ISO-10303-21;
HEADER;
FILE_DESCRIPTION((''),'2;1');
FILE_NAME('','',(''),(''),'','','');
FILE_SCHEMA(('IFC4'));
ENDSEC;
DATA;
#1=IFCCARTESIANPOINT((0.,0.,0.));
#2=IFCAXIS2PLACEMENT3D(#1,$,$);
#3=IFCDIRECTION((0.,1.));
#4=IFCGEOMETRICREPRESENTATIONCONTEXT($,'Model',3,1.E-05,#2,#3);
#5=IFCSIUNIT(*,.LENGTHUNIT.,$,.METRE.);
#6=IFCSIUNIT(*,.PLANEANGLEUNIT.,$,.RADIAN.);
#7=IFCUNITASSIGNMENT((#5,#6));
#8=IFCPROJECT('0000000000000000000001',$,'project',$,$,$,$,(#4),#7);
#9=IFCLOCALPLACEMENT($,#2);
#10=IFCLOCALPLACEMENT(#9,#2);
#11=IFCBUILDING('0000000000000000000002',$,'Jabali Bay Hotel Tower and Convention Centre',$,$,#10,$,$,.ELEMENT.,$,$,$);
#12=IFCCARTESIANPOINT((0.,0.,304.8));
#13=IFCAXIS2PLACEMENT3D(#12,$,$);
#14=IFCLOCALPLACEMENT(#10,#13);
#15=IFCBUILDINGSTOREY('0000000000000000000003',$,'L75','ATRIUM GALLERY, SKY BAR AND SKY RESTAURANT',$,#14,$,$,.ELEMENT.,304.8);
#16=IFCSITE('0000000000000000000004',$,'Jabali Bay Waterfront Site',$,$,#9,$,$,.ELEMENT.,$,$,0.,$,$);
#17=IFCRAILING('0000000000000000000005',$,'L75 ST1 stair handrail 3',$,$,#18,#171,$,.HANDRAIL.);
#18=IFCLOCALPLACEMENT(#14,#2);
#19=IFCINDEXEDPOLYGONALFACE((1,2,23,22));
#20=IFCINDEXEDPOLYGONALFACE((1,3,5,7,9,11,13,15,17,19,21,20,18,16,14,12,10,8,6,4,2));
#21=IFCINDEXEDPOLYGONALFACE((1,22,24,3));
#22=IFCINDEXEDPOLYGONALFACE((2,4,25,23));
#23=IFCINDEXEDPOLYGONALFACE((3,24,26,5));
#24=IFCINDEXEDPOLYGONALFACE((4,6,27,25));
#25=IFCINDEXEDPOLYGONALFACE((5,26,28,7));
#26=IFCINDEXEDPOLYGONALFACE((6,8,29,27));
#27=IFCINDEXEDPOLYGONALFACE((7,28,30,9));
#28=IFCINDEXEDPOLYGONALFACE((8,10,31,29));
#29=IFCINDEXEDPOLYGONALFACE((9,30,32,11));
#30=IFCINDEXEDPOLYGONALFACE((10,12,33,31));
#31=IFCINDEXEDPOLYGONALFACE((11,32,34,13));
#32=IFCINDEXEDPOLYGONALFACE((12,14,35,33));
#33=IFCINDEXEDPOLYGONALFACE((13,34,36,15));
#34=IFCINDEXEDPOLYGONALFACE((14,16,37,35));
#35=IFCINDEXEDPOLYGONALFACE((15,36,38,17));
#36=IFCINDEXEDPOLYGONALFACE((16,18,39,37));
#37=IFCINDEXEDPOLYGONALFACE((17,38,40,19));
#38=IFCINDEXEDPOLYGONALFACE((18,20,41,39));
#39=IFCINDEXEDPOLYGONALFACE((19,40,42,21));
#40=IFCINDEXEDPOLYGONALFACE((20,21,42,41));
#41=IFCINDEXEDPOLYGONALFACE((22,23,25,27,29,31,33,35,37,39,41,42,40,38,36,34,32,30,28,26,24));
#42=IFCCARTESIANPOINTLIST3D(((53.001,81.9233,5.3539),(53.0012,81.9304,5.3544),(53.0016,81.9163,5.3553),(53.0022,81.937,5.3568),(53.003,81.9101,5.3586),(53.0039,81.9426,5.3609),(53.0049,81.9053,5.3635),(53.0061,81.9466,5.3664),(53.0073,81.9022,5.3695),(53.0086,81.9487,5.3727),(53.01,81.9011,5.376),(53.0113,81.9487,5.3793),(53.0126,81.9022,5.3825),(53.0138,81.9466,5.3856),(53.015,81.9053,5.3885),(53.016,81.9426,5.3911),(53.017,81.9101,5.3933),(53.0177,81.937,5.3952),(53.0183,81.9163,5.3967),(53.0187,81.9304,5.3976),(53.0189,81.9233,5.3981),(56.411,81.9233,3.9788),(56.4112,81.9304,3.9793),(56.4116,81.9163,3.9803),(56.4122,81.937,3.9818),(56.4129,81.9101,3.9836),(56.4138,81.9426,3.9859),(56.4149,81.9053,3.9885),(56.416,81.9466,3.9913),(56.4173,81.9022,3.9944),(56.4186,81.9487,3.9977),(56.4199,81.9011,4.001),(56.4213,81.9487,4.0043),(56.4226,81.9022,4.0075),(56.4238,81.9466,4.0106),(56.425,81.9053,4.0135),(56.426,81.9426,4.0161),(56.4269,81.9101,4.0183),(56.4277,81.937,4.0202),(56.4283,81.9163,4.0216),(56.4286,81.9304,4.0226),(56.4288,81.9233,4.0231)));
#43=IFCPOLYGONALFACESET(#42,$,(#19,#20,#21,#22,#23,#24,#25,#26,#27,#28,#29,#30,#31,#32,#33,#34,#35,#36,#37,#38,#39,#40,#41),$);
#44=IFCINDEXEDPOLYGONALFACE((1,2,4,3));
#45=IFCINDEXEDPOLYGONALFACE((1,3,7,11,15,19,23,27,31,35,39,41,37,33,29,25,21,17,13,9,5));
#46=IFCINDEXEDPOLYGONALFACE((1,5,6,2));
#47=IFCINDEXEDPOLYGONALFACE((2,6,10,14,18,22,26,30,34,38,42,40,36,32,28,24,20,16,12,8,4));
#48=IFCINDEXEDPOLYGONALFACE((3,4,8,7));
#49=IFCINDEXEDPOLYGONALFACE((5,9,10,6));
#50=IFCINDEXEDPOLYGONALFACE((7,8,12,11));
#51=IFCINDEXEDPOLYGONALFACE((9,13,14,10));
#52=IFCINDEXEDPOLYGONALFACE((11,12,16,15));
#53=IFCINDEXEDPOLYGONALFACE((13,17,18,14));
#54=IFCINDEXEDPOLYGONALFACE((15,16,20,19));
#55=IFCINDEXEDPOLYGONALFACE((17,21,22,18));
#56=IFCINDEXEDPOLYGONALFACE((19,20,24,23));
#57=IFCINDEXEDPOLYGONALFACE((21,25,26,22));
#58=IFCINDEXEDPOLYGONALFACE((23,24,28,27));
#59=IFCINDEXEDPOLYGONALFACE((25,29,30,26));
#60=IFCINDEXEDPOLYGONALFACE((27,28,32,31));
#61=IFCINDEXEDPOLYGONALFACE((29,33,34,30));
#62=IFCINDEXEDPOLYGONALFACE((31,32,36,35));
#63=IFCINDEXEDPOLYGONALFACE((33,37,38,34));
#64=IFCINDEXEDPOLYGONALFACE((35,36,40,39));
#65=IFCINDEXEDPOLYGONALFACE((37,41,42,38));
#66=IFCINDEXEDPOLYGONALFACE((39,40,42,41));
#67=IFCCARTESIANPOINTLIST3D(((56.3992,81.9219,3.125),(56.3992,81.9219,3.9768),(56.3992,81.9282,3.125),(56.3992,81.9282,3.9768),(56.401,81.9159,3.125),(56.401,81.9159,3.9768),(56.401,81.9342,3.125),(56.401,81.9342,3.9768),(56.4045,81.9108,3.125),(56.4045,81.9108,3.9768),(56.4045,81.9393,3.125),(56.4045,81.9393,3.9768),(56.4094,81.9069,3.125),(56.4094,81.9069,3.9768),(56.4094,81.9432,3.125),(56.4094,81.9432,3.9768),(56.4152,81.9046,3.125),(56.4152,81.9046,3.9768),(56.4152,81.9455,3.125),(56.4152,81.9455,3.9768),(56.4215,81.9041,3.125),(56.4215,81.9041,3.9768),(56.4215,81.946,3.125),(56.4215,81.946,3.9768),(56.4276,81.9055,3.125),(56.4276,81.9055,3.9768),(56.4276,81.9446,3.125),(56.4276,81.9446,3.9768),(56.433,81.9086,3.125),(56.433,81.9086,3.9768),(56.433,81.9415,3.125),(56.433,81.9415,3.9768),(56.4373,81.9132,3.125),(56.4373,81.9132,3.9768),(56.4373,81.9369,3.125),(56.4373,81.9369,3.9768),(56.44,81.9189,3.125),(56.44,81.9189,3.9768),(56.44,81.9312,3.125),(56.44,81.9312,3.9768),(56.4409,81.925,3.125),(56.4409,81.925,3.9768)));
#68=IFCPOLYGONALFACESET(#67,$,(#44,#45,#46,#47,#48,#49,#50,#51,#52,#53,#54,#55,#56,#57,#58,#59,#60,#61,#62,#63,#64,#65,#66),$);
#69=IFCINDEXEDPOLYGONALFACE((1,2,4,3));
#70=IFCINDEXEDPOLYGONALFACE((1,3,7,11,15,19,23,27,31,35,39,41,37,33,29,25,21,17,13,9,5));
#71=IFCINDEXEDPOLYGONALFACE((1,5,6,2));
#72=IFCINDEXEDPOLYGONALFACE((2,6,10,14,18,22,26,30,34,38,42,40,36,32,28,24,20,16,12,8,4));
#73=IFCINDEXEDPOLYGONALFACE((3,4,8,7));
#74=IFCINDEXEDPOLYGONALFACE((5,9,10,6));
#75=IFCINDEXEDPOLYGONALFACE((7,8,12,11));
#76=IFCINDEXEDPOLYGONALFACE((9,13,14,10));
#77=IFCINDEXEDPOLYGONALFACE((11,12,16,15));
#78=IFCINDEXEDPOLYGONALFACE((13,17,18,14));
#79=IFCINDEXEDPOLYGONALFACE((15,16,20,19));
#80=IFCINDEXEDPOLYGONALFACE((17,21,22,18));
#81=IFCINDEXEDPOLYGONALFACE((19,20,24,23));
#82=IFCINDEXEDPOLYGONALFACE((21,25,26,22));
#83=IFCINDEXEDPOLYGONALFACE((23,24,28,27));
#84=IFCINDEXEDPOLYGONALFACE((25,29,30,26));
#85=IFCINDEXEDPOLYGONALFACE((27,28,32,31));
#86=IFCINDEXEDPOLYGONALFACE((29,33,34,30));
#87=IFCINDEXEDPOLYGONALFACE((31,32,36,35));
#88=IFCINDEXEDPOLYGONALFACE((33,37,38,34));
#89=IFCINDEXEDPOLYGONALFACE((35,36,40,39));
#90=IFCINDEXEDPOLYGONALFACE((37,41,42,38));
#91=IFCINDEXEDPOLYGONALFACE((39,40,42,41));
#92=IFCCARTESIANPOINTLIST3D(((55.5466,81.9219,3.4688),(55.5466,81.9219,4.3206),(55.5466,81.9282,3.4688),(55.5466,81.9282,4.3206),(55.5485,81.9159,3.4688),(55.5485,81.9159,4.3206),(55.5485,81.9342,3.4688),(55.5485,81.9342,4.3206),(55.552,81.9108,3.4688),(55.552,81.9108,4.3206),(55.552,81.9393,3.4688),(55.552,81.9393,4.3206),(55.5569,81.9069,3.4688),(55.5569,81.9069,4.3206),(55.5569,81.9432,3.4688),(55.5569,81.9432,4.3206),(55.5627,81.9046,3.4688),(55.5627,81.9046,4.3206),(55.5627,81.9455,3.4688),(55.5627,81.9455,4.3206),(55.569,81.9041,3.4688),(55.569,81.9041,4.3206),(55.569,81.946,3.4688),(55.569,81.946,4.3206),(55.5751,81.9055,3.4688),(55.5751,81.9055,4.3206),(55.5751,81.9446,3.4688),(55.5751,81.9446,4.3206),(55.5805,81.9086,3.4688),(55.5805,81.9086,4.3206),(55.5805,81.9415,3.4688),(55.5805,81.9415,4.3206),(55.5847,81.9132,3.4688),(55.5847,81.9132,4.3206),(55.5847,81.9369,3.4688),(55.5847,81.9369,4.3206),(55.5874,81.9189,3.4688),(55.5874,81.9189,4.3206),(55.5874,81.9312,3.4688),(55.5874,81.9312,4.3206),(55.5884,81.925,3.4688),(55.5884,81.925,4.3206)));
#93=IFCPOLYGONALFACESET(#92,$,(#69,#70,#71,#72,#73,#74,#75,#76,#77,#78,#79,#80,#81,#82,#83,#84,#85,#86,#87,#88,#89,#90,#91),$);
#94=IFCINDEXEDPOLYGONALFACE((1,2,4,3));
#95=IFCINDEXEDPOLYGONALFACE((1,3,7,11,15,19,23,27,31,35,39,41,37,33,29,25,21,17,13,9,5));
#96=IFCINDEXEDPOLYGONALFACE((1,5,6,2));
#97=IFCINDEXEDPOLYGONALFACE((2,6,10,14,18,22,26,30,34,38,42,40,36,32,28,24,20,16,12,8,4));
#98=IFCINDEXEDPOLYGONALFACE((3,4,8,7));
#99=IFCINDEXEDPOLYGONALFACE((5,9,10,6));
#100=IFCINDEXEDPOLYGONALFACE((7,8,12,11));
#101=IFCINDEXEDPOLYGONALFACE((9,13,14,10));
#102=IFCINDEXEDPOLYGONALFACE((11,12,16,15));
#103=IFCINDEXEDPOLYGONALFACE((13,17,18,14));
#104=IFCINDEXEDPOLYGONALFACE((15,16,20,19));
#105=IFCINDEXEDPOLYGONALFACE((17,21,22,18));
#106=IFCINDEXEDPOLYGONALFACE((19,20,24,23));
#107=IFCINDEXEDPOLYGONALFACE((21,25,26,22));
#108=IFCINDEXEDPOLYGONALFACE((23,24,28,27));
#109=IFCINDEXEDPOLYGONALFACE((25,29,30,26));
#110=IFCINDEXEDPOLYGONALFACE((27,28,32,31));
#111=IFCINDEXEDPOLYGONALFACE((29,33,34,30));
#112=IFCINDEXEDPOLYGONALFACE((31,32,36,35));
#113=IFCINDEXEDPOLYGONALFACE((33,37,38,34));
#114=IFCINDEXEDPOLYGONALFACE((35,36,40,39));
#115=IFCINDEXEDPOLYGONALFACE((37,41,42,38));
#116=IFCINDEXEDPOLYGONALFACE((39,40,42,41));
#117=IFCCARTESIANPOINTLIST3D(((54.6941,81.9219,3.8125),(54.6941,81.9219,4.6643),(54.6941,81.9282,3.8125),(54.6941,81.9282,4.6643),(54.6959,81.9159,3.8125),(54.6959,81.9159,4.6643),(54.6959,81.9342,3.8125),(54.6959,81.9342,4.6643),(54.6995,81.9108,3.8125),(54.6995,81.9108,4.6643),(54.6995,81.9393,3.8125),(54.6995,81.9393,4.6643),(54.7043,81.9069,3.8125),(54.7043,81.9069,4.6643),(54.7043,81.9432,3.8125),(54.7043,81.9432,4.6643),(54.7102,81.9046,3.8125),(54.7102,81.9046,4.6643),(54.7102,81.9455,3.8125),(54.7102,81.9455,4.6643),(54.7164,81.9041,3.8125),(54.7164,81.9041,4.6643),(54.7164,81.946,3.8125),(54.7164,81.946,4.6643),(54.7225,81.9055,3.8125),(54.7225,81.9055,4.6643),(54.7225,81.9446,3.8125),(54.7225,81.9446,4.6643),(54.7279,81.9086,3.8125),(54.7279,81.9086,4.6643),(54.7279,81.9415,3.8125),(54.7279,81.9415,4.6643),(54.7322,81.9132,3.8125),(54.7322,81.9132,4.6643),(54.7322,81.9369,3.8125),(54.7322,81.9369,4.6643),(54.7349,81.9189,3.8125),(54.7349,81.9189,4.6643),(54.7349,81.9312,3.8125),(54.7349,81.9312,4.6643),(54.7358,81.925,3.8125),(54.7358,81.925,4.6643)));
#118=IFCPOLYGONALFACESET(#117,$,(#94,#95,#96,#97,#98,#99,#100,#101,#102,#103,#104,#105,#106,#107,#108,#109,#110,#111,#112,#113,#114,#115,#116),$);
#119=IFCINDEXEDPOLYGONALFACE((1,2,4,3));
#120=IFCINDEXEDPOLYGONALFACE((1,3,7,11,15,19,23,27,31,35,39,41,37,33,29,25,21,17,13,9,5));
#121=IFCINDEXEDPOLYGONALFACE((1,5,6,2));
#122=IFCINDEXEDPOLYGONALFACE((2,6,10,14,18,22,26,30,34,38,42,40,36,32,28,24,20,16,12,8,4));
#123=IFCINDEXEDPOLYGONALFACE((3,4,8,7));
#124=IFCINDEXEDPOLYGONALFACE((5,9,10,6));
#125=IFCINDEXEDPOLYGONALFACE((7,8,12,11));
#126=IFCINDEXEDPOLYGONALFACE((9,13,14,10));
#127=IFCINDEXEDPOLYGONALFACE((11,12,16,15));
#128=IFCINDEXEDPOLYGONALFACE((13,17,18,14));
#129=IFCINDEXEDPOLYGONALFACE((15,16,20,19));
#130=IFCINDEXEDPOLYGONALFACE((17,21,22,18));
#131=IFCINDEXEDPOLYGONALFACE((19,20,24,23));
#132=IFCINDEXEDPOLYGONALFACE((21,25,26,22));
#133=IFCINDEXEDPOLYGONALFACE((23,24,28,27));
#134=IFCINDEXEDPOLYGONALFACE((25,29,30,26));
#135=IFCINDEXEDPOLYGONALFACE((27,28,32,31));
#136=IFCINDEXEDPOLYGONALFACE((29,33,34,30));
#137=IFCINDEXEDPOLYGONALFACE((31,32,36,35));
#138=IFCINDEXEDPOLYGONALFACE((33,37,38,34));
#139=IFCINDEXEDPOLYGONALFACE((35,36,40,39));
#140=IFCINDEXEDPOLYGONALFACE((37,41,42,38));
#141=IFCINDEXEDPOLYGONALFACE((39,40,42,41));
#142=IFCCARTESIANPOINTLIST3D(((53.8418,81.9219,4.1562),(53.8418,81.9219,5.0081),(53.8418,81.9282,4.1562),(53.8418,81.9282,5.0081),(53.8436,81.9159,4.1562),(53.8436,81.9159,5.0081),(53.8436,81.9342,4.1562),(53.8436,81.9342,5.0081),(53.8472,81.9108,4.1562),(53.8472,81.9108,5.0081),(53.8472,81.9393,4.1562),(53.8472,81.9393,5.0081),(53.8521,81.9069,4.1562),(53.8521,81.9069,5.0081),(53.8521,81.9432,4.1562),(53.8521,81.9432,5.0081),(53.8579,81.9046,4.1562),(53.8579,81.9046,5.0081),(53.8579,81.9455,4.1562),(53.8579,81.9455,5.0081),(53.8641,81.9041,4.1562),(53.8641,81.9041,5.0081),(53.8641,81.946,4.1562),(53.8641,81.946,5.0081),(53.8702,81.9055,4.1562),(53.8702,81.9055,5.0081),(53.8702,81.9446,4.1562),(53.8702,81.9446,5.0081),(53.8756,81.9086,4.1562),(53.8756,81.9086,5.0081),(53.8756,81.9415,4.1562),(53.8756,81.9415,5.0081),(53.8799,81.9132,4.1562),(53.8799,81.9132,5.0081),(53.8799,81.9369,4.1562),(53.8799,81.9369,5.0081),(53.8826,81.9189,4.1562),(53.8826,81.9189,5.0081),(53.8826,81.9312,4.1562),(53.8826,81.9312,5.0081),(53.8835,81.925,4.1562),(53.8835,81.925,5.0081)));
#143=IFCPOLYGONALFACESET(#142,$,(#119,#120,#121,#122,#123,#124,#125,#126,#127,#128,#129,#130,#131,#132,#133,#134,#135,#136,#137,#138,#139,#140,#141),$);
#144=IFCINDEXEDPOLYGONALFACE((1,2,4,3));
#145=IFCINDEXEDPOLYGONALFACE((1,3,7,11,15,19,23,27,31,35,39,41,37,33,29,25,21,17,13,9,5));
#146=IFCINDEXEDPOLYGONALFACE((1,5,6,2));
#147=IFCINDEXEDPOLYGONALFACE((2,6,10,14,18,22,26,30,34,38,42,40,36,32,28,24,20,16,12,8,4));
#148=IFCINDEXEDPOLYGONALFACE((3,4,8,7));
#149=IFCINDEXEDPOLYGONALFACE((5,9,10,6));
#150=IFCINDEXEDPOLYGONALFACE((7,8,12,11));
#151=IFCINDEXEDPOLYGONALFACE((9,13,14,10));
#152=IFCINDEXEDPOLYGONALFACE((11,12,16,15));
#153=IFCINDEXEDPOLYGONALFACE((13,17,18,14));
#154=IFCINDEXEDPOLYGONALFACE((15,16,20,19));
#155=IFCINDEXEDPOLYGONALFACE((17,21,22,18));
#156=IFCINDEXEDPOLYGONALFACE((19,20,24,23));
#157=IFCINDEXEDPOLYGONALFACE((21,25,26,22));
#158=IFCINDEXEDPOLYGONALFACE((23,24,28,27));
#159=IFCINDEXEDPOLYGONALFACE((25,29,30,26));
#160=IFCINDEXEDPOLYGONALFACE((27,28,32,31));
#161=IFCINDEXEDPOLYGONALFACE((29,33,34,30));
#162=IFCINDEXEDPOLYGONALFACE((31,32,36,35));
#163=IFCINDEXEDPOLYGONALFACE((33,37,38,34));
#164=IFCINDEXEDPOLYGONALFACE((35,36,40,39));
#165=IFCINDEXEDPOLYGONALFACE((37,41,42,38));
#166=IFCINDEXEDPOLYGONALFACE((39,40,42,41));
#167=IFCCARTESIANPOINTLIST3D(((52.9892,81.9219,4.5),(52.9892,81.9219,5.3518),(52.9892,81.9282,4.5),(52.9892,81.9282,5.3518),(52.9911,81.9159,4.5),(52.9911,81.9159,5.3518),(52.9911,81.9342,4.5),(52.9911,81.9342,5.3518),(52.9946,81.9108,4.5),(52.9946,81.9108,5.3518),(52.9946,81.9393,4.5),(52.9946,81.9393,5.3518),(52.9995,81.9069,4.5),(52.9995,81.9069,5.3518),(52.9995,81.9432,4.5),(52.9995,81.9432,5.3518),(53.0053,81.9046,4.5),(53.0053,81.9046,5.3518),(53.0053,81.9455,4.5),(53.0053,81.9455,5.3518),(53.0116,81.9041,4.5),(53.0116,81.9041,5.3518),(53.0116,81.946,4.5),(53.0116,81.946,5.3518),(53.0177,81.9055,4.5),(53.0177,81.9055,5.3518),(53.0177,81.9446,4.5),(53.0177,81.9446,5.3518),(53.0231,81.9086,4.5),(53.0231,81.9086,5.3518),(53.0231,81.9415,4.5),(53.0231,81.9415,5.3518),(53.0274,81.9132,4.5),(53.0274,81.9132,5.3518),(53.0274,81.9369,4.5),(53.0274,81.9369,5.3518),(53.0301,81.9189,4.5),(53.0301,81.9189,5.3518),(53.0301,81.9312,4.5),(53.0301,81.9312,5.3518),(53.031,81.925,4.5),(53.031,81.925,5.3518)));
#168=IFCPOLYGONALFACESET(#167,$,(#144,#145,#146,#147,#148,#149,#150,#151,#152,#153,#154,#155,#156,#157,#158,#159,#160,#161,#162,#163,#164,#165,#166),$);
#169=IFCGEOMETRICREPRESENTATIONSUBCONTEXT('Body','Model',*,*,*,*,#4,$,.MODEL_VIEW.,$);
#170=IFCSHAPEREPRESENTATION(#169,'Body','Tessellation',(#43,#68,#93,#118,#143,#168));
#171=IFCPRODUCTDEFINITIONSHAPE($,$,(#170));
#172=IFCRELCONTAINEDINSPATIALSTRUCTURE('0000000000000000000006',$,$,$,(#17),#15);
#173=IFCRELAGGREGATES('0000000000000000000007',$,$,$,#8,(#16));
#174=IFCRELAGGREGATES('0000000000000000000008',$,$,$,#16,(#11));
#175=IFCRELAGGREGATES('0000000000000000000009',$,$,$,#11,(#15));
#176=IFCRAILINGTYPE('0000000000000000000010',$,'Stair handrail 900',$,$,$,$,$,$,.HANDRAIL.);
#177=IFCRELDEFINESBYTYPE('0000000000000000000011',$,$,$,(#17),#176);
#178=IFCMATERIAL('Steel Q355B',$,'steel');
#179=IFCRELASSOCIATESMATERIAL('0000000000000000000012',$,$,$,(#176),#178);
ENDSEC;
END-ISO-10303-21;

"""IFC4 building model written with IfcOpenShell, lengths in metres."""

from ifc_helpers import new_model, si_unit, direction, frame, origin, origin_2d, place, context, subcontext, project, spatial, circle, extrude, material, type_object, element, save


model = new_model("IFC4")

# Units and contexts
model_context = context("Model", 3, precision=1e-05, world=origin(), true_north=direction((0.0, 1.0)))
body_context = subcontext(model_context, "Body", "Model", "MODEL_VIEW")
ifc_project = project(units=[si_unit("LENGTHUNIT", "METRE"), si_unit("PLANEANGLEUNIT", "RADIAN")], contexts=[model_context])

# Site, building, storey
site_placement = place(None, origin())
site = spatial("IfcSite", under=ifc_project, at=site_placement, Name="Jabali Bay Waterfront Site", CompositionType="ELEMENT", RefElevation=0.0)
building_placement = place(site_placement, origin())
building = spatial("IfcBuilding", under=site, at=building_placement, Name="Jabali Bay Hotel Tower and Convention Centre", CompositionType="ELEMENT")
storey_placement = place(building_placement, frame((0.0, 0.0, 304.8)))
storey = spatial("IfcBuildingStorey", under=building, at=storey_placement, Name="L75", Description="ATRIUM GALLERY, SKY BAR AND SKY RESTAURANT", CompositionType="ELEMENT", Elevation=304.8)

# Railing
ifc_material_1 = material(Name="Steel Q355B", Category="steel")
railing_type_1 = type_object("IfcRailingType", Name="Stair handrail 900", PredefinedType="HANDRAIL", material=ifc_material_1)
for number, where, name in (
    (1, (56.4199, 81.925, 3.125), "L75 ST1 stair handrail 3"),
):
    element("IfcRailing", number, at=place(storey_placement, frame(where)), inside=storey, type_object=railing_type_1, Name=name, PredefinedType="HANDRAIL", context=body_context, shape_type="SweptSolid", body=[
        extrude(circle(Radius=0.0239, at=origin_2d()), frame((0.0, 0.0, 0.876), z_axis=(-0.927438, 0.0, 0.373977), x_axis=(0.0, -1.0, 0.0)), (0.0, 0.0, 1.0), 3.6768),
        extrude(circle(Radius=0.021, at=origin_2d()), origin(), (0.0, 0.0, 1.0), 0.8518),
        extrude(circle(Radius=0.021, at=origin_2d()), frame((-0.8525, 0.0, 0.3438)), (0.0, 0.0, 1.0), 0.8518),
        extrude(circle(Radius=0.021, at=origin_2d()), frame((-1.7051, 0.0, 0.6875)), (0.0, 0.0, 1.0), 0.8518),
        extrude(circle(Radius=0.021, at=origin_2d()), frame((-2.5574, 0.0, 1.0312)), (0.0, 0.0, 1.0), 0.8518),
        extrude(circle(Radius=0.021, at=origin_2d()), frame((-3.4099, 0.0, 1.375)), (0.0, 0.0, 1.0), 0.8518),
    ])

save(model, "model.ifc")
